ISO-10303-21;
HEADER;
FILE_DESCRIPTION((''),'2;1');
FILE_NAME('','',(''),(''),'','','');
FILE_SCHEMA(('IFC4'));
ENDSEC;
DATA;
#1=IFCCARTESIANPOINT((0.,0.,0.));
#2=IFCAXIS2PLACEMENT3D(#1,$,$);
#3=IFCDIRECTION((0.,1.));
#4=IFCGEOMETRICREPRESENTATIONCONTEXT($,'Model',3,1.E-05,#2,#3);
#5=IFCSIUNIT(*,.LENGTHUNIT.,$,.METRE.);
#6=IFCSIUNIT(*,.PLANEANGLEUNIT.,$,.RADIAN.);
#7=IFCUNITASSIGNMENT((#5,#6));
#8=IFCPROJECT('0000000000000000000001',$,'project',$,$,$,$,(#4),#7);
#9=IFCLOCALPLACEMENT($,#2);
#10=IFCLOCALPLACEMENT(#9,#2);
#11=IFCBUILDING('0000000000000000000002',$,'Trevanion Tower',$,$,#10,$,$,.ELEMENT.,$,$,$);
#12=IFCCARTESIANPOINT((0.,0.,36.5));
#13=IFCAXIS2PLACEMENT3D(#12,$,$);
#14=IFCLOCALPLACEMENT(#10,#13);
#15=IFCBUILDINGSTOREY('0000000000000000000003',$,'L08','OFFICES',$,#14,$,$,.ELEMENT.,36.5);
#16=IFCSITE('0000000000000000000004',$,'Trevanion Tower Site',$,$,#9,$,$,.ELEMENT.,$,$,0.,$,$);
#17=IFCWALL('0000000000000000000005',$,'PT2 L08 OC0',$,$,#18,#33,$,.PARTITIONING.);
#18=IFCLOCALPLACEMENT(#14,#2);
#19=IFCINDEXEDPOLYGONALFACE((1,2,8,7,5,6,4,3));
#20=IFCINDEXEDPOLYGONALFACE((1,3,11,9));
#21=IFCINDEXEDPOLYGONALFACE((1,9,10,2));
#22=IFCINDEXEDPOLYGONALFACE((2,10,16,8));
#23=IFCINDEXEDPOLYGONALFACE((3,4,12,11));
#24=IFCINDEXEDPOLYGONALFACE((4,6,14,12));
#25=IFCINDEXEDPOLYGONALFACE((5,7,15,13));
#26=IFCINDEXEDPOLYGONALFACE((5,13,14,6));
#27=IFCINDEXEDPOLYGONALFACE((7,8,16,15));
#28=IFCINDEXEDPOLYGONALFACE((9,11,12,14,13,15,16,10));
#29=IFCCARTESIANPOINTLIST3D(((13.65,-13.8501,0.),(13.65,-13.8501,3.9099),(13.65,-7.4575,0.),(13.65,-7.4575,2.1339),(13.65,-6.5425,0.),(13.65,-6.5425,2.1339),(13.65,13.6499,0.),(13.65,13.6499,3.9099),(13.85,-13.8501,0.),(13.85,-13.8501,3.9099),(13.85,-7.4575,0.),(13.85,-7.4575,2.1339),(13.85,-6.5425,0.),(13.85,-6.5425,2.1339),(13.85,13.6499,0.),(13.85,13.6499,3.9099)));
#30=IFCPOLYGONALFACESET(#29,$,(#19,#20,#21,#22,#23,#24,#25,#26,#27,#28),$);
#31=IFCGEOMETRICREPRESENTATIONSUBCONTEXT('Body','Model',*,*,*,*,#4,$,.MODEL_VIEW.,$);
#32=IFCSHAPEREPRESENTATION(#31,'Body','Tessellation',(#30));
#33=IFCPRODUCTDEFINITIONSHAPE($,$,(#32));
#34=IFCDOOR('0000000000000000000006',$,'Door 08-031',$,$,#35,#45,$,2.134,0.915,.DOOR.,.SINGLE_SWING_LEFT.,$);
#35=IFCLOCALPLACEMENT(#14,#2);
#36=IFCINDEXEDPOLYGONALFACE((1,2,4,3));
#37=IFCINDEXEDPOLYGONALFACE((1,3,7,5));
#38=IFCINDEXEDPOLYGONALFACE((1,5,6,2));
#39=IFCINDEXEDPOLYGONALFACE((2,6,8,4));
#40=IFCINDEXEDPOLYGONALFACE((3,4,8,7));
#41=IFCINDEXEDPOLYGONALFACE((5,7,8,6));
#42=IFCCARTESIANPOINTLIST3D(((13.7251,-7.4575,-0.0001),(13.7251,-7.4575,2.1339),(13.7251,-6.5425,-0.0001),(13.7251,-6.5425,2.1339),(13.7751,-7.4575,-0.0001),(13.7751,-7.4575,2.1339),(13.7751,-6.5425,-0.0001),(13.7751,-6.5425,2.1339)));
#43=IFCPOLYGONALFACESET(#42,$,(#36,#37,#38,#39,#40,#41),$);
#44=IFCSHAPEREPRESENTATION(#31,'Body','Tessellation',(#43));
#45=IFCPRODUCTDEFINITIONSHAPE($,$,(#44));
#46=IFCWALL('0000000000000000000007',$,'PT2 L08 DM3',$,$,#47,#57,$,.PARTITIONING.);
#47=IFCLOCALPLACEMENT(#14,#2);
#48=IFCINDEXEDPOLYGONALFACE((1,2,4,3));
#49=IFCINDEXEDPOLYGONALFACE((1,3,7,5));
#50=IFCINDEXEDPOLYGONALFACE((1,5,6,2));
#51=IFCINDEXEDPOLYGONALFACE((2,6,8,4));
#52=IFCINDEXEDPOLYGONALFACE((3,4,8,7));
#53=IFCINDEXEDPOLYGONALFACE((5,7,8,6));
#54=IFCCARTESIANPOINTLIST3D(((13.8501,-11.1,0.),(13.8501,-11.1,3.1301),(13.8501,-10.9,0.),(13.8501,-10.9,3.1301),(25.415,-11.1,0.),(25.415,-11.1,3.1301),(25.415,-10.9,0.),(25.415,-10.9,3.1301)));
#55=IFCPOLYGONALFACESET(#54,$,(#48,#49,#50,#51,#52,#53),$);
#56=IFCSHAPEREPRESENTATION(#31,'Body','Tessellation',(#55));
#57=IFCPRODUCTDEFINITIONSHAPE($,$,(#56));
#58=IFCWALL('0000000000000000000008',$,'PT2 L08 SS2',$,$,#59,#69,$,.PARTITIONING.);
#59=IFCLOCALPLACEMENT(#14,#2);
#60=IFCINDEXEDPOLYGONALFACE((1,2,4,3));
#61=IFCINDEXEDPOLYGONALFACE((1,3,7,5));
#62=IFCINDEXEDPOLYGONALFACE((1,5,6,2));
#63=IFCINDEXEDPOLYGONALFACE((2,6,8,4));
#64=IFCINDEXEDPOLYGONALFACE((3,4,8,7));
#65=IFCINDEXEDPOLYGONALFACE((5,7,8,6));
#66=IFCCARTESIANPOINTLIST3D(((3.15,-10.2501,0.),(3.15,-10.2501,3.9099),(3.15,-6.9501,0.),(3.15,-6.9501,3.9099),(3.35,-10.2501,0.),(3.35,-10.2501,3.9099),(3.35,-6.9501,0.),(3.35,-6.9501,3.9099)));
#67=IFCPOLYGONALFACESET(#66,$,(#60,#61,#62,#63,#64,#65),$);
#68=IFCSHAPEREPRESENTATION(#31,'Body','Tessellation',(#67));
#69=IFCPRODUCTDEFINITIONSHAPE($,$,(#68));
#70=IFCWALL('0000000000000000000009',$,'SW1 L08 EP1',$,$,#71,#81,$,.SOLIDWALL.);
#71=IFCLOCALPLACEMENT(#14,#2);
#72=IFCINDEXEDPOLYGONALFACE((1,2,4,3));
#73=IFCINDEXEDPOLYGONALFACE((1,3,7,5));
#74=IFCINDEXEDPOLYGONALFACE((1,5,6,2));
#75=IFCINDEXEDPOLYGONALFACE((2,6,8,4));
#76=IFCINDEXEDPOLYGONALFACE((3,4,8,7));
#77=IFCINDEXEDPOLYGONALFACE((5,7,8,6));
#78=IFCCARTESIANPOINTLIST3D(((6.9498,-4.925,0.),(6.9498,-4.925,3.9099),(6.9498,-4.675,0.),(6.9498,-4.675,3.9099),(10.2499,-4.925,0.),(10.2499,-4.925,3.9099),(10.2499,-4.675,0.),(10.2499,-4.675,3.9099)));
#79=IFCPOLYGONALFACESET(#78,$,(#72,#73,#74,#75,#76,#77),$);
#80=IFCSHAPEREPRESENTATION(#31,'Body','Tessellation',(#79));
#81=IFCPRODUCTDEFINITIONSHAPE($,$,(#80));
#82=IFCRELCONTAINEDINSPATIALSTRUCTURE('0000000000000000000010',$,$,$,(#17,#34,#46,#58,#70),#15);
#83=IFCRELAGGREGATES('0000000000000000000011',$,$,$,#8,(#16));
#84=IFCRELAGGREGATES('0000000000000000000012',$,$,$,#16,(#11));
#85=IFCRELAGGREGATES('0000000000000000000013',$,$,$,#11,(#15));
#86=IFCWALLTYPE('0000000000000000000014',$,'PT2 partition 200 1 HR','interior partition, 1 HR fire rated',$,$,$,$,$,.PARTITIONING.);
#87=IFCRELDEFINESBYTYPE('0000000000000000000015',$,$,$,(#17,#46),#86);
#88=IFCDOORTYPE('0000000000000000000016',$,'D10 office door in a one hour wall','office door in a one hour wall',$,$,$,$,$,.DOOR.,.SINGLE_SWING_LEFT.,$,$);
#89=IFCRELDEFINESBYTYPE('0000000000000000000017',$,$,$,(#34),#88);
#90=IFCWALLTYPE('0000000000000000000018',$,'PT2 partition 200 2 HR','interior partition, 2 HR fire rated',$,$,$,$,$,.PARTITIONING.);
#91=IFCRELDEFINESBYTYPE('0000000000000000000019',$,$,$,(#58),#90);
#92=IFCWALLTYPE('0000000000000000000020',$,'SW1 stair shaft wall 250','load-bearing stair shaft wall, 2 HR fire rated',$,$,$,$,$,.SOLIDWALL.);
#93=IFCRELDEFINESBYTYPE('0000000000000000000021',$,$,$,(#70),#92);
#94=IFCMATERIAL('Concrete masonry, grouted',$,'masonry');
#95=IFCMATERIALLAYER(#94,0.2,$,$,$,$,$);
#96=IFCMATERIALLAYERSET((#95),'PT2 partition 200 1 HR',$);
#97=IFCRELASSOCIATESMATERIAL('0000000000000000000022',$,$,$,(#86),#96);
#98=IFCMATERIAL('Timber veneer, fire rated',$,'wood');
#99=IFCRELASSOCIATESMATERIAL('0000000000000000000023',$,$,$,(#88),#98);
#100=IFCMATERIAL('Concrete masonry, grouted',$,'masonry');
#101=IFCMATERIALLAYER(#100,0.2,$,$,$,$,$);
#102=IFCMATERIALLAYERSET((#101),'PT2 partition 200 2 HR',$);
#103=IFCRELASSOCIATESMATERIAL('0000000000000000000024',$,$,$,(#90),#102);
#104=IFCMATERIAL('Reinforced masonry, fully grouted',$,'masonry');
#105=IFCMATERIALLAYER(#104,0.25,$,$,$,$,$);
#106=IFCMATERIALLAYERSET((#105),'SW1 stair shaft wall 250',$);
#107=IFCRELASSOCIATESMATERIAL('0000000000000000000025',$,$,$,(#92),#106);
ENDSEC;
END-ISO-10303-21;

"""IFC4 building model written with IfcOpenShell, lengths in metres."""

from ifc_helpers import new_model, si_unit, direction, frame, frame_2d, origin, place, context, subcontext, project, spatial, rectangle, extrude, material, layer, layer_set, type_object, element, fill, save


model = new_model("IFC4")

# Units and contexts
model_context = context("Model", 3, precision=1e-05, world=origin(), true_north=direction((0.0, 1.0)))
body_context = subcontext(model_context, "Body", "Model", "MODEL_VIEW")
ifc_project = project(units=[si_unit("LENGTHUNIT", "METRE"), si_unit("PLANEANGLEUNIT", "RADIAN")], contexts=[model_context])

# Site, building, storey
site_placement = place(None, origin())
site = spatial("IfcSite", under=ifc_project, at=site_placement, Name="Trevanion Tower Site", CompositionType="ELEMENT", RefElevation=0.0)
building_placement = place(site_placement, origin())
building = spatial("IfcBuilding", under=site, at=building_placement, Name="Trevanion Tower", CompositionType="ELEMENT")
storey_placement = place(building_placement, frame((0.0, 0.0, 36.5)))
storey = spatial("IfcBuildingStorey", under=building, at=storey_placement, Name="L08", Description="OFFICES", CompositionType="ELEMENT", Elevation=36.5)

# Wall, opening, door
ifc_material_1 = material(Name="Concrete masonry, grouted", Category="masonry")
ifc_layer_1 = layer(ifc_material_1, 0.2)
ifc_layer_set_1 = layer_set([ifc_layer_1], Name="PT2 partition 200 1 HR")
wall_type_1 = type_object("IfcWallType", Name="PT2 partition 200 1 HR", Description="interior partition, 1 HR fire rated", PredefinedType="PARTITIONING", material=ifc_layer_set_1)
wall_1_placement = place(storey_placement, frame((13.75, -13.8501, 0.0), z_axis=(0.0, 0.0, 1.0), x_axis=(0.0, 1.0, 0.0)))
wall_1 = element("IfcWall", 1, at=wall_1_placement, inside=storey, type_object=wall_type_1, Name="PT2 L08 OC0", PredefinedType="PARTITIONING", context=body_context, shape_type="SweptSolid", body=[
    extrude(rectangle(XDim=27.5, YDim=0.2, at=frame_2d((13.75, 0.0))), origin(), (0.0, 0.0, 1.0), 3.9099),
])
opening_1_placement = place(wall_1_placement, frame((6.3926, 0.0, 0.0)))
opening_1 = element("IfcOpeningElement", 2, at=opening_1_placement, cuts=wall_1, PredefinedType="OPENING", context=body_context, shape_type="SweptSolid", body=[
    extrude(rectangle(XDim=0.915, YDim=2.134, at=frame_2d((0.4575, 1.0669))), frame((0.0, 0.1099, 0.0), z_axis=(0.0, -1.0, 0.0), x_axis=(1.0, 0.0, 0.0)), (0.0, 0.0, 1.0), 0.22),
])
ifc_material_2 = material(Name="Timber veneer, fire rated", Category="wood")
door_type_1 = type_object("IfcDoorType", Name="D10 office door in a one hour wall", Description="office door in a one hour wall", OperationType="SINGLE_SWING_LEFT", PredefinedType="DOOR", material=ifc_material_2)
door_1_placement = place(opening_1_placement, origin())
door_1 = element("IfcDoor", 3, at=door_1_placement, inside=storey, type_object=door_type_1, Name="Door 08-031", OperationType="SINGLE_SWING_LEFT", OverallHeight=2.134, OverallWidth=0.915, PredefinedType="DOOR", context=body_context, shape_type="SweptSolid", body=[
    extrude(rectangle(XDim=0.915, YDim=2.134, at=frame_2d((0.4575, 1.0669))), frame((0.0, 0.0249, 0.0), z_axis=(0.0, -1.0, 0.0), x_axis=(1.0, 0.0, 0.0)), (0.0, 0.0, 1.0), 0.05),
])
fill(opening_1, door_1)

# Walls
wall_2_placement = place(storey_placement, frame((13.8501, -11.0, 0.0), z_axis=(0.0, 0.0, 1.0), x_axis=(1.0, 0.0, 0.0)))
element("IfcWall", 4, at=wall_2_placement, inside=storey, type_object=wall_type_1, Name="PT2 L08 DM3", PredefinedType="PARTITIONING", context=body_context, shape_type="SweptSolid", body=[
    extrude(rectangle(XDim=11.5649, YDim=0.2, at=frame_2d((5.7825, 0.0))), origin(), (0.0, 0.0, 1.0), 3.1301),
])
ifc_material_3 = material(Name="Concrete masonry, grouted", Category="masonry")
ifc_layer_2 = layer(ifc_material_3, 0.2)
ifc_layer_set_2 = layer_set([ifc_layer_2], Name="PT2 partition 200 2 HR")
wall_type_2 = type_object("IfcWallType", Name="PT2 partition 200 2 HR", Description="interior partition, 2 HR fire rated", PredefinedType="PARTITIONING", material=ifc_layer_set_2)
wall_3_placement = place(storey_placement, frame((3.25, -10.25, 0.0), z_axis=(0.0, 0.0, 1.0), x_axis=(0.0, 1.0, 0.0)))
element("IfcWall", 5, at=wall_3_placement, inside=storey, type_object=wall_type_2, Name="PT2 L08 SS2", PredefinedType="PARTITIONING", context=body_context, shape_type="SweptSolid", body=[
    extrude(rectangle(XDim=3.3, YDim=0.2, at=frame_2d((1.6499, 0.0))), origin(), (0.0, 0.0, 1.0), 3.9099),
])
ifc_material_4 = material(Name="Reinforced masonry, fully grouted", Category="masonry")
ifc_layer_3 = layer(ifc_material_4, 0.25)
ifc_layer_set_3 = layer_set([ifc_layer_3], Name="SW1 stair shaft wall 250")
wall_type_3 = type_object("IfcWallType", Name="SW1 stair shaft wall 250", Description="load-bearing stair shaft wall, 2 HR fire rated", PredefinedType="SOLIDWALL", material=ifc_layer_set_3)
wall_4_placement = place(storey_placement, frame((6.95, -4.8, 0.0), z_axis=(0.0, 0.0, 1.0), x_axis=(1.0, 0.0, 0.0)))
element("IfcWall", 6, at=wall_4_placement, inside=storey, type_object=wall_type_3, Name="SW1 L08 EP1", PredefinedType="SOLIDWALL", context=body_context, shape_type="SweptSolid", body=[
    extrude(rectangle(XDim=3.3, YDim=0.25, at=frame_2d((1.6499, 0.0))), origin(), (0.0, 0.0, 1.0), 3.9099),
])

save(model, "model.ifc")
